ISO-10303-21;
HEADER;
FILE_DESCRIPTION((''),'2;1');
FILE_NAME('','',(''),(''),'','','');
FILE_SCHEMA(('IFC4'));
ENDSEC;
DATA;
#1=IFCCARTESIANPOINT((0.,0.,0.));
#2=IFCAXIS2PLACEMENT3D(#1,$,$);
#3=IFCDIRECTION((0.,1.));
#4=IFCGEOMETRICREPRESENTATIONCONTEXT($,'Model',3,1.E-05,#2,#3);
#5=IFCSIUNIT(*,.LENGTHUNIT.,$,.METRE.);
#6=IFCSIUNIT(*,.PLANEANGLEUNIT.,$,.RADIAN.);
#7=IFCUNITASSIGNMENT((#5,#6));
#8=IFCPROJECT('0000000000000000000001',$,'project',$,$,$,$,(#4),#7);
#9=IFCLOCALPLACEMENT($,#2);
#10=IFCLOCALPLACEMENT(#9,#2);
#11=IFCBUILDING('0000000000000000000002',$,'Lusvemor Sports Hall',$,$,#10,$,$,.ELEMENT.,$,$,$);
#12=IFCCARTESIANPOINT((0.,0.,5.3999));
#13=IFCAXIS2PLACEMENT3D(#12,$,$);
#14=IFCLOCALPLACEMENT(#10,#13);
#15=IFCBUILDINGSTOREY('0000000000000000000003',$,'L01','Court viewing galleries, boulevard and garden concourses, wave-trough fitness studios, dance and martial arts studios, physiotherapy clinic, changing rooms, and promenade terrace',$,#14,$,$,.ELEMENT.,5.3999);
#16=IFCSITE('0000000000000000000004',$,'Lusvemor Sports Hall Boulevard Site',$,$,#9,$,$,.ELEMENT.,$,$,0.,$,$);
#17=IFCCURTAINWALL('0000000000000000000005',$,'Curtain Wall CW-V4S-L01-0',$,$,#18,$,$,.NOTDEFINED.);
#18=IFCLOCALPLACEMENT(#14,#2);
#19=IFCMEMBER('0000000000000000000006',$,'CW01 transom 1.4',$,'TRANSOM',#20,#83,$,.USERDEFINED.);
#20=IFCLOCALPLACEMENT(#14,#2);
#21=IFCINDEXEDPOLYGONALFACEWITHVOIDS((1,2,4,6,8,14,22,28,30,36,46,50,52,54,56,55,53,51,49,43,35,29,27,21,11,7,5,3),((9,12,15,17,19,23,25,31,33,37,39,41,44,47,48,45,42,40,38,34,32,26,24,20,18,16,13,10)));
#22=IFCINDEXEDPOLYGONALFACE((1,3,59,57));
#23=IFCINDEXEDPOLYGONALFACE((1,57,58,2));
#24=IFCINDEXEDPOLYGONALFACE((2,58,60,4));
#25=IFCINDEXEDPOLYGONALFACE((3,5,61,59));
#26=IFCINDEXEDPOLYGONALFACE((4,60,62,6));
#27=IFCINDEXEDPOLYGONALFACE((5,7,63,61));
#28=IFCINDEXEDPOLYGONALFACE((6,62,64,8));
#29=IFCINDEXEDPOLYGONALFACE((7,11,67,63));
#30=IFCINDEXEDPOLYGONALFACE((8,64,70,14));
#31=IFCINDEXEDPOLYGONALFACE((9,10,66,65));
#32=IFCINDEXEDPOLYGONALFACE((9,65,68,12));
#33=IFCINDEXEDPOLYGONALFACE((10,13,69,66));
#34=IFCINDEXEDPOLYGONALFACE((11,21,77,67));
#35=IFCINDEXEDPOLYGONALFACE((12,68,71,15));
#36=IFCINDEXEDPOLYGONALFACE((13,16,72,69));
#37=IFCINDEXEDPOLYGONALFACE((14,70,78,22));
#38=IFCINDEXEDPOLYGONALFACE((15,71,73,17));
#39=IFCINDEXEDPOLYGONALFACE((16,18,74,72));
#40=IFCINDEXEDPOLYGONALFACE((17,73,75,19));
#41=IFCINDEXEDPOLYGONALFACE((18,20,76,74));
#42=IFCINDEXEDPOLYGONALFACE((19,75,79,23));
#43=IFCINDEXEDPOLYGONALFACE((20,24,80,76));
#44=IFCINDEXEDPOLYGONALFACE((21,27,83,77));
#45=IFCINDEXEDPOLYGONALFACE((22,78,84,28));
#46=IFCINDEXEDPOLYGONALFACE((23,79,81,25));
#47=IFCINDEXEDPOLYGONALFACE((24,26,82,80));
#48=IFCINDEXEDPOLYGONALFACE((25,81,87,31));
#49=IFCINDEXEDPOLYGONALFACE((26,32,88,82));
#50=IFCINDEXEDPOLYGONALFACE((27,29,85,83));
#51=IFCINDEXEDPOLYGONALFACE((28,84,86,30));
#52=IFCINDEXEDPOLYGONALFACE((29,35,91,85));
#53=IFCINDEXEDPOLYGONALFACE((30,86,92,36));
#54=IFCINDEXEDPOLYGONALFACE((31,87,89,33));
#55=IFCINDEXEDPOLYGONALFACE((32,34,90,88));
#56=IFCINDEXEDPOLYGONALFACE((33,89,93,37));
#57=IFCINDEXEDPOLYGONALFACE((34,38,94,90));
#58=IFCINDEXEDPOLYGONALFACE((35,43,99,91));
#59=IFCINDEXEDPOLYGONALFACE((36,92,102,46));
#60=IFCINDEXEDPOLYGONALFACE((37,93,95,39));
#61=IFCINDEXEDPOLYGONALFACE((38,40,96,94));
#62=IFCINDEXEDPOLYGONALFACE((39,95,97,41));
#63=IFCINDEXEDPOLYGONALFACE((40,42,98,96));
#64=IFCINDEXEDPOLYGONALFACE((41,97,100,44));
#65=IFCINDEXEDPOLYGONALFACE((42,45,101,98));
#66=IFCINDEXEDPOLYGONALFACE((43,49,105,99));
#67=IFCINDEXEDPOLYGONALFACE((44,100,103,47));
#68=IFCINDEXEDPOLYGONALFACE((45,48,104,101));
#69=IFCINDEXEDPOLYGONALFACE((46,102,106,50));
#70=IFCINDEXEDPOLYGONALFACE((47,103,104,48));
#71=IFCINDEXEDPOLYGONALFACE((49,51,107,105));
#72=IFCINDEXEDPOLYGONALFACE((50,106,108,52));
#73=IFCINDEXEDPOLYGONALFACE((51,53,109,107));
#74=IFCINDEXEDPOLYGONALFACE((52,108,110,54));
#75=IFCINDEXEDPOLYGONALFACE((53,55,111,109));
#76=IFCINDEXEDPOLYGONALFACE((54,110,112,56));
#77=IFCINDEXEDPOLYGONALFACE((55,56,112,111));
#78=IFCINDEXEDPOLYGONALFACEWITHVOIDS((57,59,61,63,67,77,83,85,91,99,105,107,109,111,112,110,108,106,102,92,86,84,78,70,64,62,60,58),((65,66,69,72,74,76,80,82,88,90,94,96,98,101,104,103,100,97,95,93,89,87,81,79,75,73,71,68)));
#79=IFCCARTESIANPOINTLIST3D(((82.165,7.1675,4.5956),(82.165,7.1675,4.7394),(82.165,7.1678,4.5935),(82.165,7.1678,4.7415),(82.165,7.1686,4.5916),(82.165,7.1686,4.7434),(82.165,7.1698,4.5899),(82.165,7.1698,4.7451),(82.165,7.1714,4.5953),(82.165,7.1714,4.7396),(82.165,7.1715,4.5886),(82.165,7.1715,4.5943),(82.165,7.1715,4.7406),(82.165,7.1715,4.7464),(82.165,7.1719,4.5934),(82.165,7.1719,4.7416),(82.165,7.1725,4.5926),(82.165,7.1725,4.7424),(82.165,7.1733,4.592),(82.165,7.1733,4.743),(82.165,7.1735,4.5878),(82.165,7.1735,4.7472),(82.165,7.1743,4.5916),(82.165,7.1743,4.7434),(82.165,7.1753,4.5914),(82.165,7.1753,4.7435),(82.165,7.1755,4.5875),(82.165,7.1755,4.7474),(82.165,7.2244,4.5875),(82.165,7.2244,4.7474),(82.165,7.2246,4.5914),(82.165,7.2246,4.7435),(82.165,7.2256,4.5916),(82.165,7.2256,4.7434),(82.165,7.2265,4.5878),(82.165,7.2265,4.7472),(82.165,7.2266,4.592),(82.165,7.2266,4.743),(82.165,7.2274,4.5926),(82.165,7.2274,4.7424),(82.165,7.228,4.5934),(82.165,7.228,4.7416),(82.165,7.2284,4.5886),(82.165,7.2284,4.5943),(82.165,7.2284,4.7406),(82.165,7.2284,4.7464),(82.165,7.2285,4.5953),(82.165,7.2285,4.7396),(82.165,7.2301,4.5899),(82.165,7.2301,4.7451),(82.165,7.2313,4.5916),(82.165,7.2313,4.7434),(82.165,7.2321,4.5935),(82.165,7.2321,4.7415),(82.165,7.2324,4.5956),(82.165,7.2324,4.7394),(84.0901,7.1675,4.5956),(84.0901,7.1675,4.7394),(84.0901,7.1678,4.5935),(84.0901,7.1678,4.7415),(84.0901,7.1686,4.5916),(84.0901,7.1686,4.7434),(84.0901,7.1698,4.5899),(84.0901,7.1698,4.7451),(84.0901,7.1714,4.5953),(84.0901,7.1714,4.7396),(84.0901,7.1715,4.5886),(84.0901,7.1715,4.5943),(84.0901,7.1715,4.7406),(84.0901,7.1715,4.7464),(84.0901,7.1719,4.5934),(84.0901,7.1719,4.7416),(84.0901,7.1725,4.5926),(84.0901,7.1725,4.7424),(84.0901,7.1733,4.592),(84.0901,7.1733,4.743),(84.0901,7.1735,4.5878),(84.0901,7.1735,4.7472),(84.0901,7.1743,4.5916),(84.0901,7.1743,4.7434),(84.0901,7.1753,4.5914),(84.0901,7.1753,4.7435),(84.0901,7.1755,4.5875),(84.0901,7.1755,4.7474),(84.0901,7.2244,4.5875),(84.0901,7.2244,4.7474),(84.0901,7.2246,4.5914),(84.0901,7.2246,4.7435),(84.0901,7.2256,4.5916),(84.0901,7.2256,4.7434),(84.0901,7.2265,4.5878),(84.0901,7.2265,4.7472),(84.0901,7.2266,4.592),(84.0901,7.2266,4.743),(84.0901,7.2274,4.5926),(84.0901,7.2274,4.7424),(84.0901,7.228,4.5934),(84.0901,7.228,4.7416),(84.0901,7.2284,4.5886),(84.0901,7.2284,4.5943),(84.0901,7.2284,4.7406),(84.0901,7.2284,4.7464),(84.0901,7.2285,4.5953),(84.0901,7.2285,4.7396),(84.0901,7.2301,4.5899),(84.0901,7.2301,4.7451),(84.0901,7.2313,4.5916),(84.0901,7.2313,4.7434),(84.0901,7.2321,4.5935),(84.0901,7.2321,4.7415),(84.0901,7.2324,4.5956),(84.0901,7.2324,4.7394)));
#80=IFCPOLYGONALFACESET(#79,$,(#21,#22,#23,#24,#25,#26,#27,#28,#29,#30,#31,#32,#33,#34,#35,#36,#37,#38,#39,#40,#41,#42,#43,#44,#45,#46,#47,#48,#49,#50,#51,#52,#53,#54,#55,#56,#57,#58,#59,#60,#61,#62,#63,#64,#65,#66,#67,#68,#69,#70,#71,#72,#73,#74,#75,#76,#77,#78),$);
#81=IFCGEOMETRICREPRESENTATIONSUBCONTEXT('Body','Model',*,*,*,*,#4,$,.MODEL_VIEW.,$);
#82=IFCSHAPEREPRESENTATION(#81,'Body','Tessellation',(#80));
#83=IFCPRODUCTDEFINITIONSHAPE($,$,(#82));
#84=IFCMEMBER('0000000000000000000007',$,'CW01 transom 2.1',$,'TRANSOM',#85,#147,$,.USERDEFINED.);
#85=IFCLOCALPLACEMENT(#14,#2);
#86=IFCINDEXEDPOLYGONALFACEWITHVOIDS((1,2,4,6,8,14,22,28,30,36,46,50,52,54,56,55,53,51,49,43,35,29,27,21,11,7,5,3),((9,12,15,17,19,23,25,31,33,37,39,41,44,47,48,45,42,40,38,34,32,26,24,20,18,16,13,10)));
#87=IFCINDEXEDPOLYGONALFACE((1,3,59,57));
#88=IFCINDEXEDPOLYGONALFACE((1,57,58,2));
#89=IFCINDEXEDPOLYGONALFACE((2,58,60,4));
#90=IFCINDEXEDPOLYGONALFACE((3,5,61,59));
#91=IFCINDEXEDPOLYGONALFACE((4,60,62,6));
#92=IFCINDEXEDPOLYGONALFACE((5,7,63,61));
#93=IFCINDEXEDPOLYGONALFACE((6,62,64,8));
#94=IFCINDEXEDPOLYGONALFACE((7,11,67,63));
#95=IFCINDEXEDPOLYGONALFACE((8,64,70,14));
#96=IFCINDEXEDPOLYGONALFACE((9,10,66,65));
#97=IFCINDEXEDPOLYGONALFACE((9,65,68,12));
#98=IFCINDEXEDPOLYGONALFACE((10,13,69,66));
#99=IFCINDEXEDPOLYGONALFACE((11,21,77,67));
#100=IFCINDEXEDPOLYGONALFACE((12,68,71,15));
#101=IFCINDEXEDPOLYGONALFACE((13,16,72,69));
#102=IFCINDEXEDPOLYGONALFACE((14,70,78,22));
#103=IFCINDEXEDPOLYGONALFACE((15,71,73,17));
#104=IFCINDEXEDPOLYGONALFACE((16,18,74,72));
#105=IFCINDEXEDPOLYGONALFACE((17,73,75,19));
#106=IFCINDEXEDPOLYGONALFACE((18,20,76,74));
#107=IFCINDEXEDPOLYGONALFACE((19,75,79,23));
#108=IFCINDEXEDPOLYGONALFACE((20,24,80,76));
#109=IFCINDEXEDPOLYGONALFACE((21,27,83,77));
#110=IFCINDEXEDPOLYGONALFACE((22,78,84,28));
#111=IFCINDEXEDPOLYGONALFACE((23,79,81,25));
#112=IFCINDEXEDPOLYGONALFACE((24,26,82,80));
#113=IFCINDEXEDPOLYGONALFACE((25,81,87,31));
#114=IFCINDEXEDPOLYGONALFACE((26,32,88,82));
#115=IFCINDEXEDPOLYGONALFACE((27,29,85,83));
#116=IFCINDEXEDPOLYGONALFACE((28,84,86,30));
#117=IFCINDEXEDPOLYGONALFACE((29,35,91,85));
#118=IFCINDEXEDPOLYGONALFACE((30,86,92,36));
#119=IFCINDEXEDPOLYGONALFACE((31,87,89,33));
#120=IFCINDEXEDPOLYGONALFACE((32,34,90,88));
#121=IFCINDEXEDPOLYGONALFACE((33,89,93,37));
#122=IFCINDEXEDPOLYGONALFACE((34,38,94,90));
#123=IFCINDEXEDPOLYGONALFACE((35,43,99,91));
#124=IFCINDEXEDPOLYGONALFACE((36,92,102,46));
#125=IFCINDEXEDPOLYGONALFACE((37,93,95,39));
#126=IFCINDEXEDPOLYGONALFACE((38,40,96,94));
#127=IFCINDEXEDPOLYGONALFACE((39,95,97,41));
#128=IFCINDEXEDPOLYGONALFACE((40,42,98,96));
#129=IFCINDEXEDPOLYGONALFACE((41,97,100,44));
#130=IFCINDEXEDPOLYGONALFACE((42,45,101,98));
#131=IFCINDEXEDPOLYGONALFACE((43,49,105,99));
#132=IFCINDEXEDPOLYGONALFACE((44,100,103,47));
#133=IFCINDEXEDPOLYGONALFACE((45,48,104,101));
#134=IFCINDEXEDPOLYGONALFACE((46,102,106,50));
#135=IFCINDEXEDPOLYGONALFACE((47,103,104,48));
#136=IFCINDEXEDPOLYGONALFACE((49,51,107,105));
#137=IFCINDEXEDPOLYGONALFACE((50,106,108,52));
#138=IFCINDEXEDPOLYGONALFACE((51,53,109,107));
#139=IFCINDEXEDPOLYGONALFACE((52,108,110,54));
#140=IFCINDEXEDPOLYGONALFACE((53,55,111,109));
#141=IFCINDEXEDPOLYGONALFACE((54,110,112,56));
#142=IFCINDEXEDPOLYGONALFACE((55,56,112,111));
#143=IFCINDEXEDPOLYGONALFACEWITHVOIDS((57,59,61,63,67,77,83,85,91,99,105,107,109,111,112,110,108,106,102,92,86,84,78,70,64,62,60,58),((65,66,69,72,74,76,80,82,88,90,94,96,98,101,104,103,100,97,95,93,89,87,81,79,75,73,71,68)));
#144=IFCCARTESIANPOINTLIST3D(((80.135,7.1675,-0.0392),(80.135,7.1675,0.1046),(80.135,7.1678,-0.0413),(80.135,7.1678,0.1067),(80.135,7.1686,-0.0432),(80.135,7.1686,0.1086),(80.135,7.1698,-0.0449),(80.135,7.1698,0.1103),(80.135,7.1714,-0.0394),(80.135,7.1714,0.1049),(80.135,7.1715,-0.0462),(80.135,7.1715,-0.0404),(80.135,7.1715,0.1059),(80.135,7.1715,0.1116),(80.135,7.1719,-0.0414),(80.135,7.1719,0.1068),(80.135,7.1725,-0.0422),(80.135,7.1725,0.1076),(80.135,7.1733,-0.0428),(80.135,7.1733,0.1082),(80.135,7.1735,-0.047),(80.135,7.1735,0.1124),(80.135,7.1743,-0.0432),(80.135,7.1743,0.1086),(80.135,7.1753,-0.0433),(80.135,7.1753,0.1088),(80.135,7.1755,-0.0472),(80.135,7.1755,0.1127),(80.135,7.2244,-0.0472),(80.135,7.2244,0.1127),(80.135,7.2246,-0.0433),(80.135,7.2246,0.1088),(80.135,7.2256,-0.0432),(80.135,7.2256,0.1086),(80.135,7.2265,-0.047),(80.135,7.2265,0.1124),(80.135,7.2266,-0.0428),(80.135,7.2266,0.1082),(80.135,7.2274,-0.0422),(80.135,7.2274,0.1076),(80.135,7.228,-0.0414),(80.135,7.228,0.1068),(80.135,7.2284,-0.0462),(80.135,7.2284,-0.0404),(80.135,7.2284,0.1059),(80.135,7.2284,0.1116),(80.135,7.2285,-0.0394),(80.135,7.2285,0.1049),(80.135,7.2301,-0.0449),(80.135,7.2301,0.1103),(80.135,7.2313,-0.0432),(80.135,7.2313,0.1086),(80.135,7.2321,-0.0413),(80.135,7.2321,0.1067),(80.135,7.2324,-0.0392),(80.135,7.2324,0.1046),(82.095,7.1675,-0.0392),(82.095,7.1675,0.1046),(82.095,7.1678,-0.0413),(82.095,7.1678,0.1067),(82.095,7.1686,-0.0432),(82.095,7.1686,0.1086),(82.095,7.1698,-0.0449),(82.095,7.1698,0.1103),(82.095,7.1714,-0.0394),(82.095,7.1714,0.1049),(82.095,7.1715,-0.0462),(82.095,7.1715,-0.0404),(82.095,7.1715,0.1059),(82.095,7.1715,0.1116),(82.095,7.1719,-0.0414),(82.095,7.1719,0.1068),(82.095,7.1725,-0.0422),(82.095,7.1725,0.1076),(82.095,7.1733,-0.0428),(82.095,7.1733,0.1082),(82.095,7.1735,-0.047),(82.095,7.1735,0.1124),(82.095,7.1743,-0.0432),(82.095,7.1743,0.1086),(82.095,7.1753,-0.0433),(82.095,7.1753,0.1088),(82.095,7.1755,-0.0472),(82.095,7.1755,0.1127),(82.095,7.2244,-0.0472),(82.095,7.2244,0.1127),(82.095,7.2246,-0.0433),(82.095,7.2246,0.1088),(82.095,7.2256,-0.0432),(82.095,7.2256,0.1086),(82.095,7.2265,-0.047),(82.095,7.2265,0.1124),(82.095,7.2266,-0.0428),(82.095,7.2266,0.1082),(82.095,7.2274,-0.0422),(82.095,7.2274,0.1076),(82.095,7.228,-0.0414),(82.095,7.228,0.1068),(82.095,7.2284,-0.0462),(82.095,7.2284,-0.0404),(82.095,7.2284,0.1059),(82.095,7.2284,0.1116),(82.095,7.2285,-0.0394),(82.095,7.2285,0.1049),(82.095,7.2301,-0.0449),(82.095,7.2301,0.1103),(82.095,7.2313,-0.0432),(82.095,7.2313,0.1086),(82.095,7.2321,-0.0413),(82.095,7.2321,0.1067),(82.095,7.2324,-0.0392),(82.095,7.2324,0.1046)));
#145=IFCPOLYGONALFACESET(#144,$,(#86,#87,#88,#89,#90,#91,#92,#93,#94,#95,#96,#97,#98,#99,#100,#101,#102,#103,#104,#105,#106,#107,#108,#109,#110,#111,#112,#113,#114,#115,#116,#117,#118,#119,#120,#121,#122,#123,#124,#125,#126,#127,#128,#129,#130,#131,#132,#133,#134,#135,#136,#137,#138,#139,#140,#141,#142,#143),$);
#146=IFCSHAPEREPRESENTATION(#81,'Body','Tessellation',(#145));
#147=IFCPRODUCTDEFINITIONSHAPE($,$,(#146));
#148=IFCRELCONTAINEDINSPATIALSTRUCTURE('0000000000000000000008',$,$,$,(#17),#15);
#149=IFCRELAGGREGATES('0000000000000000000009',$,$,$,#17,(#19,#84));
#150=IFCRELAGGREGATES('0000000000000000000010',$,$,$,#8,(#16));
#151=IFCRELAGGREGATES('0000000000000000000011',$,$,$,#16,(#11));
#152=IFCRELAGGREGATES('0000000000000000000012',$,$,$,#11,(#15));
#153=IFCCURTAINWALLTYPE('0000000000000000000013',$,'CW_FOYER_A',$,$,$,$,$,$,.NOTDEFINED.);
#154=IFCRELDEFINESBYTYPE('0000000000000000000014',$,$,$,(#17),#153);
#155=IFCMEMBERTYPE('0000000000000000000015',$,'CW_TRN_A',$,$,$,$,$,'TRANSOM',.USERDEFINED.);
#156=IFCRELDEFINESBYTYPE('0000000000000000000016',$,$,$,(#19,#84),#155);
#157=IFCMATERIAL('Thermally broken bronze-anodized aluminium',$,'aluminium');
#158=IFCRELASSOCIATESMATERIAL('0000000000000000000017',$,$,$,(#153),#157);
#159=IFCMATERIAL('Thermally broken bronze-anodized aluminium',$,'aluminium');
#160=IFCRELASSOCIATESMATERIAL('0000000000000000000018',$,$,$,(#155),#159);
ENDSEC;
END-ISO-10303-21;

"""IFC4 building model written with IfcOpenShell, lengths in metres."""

from ifc_helpers import new_model, si_unit, direction, frame, origin, origin_2d, place, context, subcontext, project, spatial, hollow_rectangle, extrude, material, material_profile, profile_set, type_object, element, aggregate, save


model = new_model("IFC4")

# Units and contexts
model_context = context("Model", 3, precision=1e-05, world=origin(), true_north=direction((0.0, 1.0)))
body_context = subcontext(model_context, "Body", "Model", "MODEL_VIEW")
ifc_project = project(units=[si_unit("LENGTHUNIT", "METRE"), si_unit("PLANEANGLEUNIT", "RADIAN")], contexts=[model_context])

# Site, building, storey
site_placement = place(None, origin())
site = spatial("IfcSite", under=ifc_project, at=site_placement, Name="Lusvemor Sports Hall Boulevard Site", CompositionType="ELEMENT", RefElevation=0.0)
building_placement = place(site_placement, origin())
building = spatial("IfcBuilding", under=site, at=building_placement, Name="Lusvemor Sports Hall", CompositionType="ELEMENT")
storey_placement = place(building_placement, frame((0.0, 0.0, 5.3999)))
storey = spatial("IfcBuildingStorey", under=building, at=storey_placement, Name="L01", Description="Court viewing galleries, boulevard and garden concourses, wave-trough fitness studios, dance and martial arts studios, physiotherapy clinic, changing rooms, and promenade terrace", CompositionType="ELEMENT", Elevation=5.3999)

# Curtain wall
ifc_material_1 = material(Name="Thermally broken bronze-anodized aluminium", Category="aluminium")
curtain_wall_type = type_object("IfcCurtainWallType", Name="CW_FOYER_A", PredefinedType="NOTDEFINED", material=ifc_material_1)
curtain_wall_1_placement = place(storey_placement, origin())
curtain_wall_1 = element("IfcCurtainWall", 1, at=curtain_wall_1_placement, inside=storey, type_object=curtain_wall_type, Name="Curtain Wall CW-V4S-L01-0", PredefinedType="NOTDEFINED")

# Members
ifc_material_2 = material(Name="Thermally broken bronze-anodized aluminium", Category="aluminium")
ifc_material_profile_1 = material_profile(ifc_material_2, hollow_rectangle(XDim=0.0649, YDim=0.1599, WallThickness=0.0039, InnerFilletRadius=0.0039, OuterFilletRadius=0.0081, at=origin_2d()), Name="CWTRN160x65x4")
ifc_profile_set_1 = profile_set([ifc_material_profile_1], Name="Thermally broken bronze-anodized aluminium")
member_type_1 = type_object("IfcMemberType", Name="CW_TRN_A", ElementType="TRANSOM", PredefinedType="USERDEFINED", material=ifc_profile_set_1)
member_1_placement = place(storey_placement, frame((84.0901, 7.2, 4.6675), z_axis=(-1.0, 0.0, 0.0), x_axis=(0.0, -1.0, 0.0)))
member_1 = element("IfcMember", 2, at=member_1_placement, type_object=member_type_1, Name="CW01 transom 1.4", ObjectType="TRANSOM", PredefinedType="USERDEFINED", context=body_context, shape_type="SweptSolid", body=[
    extrude(hollow_rectangle(XDim=0.0649, YDim=0.1599, WallThickness=0.0039, InnerFilletRadius=0.0039, OuterFilletRadius=0.0081, at=origin_2d()), origin(), (0.0, 0.0, 1.0), 1.925),
])
member_2_placement = place(storey_placement, frame((82.095, 7.2, 0.0327), z_axis=(-1.0, 0.0, 0.0), x_axis=(0.0, -1.0, 0.0)))
member_2 = element("IfcMember", 3, at=member_2_placement, type_object=member_type_1, Name="CW01 transom 2.1", ObjectType="TRANSOM", PredefinedType="USERDEFINED", context=body_context, shape_type="SweptSolid", body=[
    extrude(hollow_rectangle(XDim=0.0649, YDim=0.1599, WallThickness=0.0039, InnerFilletRadius=0.0039, OuterFilletRadius=0.0081, at=origin_2d()), origin(), (0.0, 0.0, 1.0), 1.96),
])

aggregate(curtain_wall_1, [member_1, member_2])

save(model, "model.ifc")
